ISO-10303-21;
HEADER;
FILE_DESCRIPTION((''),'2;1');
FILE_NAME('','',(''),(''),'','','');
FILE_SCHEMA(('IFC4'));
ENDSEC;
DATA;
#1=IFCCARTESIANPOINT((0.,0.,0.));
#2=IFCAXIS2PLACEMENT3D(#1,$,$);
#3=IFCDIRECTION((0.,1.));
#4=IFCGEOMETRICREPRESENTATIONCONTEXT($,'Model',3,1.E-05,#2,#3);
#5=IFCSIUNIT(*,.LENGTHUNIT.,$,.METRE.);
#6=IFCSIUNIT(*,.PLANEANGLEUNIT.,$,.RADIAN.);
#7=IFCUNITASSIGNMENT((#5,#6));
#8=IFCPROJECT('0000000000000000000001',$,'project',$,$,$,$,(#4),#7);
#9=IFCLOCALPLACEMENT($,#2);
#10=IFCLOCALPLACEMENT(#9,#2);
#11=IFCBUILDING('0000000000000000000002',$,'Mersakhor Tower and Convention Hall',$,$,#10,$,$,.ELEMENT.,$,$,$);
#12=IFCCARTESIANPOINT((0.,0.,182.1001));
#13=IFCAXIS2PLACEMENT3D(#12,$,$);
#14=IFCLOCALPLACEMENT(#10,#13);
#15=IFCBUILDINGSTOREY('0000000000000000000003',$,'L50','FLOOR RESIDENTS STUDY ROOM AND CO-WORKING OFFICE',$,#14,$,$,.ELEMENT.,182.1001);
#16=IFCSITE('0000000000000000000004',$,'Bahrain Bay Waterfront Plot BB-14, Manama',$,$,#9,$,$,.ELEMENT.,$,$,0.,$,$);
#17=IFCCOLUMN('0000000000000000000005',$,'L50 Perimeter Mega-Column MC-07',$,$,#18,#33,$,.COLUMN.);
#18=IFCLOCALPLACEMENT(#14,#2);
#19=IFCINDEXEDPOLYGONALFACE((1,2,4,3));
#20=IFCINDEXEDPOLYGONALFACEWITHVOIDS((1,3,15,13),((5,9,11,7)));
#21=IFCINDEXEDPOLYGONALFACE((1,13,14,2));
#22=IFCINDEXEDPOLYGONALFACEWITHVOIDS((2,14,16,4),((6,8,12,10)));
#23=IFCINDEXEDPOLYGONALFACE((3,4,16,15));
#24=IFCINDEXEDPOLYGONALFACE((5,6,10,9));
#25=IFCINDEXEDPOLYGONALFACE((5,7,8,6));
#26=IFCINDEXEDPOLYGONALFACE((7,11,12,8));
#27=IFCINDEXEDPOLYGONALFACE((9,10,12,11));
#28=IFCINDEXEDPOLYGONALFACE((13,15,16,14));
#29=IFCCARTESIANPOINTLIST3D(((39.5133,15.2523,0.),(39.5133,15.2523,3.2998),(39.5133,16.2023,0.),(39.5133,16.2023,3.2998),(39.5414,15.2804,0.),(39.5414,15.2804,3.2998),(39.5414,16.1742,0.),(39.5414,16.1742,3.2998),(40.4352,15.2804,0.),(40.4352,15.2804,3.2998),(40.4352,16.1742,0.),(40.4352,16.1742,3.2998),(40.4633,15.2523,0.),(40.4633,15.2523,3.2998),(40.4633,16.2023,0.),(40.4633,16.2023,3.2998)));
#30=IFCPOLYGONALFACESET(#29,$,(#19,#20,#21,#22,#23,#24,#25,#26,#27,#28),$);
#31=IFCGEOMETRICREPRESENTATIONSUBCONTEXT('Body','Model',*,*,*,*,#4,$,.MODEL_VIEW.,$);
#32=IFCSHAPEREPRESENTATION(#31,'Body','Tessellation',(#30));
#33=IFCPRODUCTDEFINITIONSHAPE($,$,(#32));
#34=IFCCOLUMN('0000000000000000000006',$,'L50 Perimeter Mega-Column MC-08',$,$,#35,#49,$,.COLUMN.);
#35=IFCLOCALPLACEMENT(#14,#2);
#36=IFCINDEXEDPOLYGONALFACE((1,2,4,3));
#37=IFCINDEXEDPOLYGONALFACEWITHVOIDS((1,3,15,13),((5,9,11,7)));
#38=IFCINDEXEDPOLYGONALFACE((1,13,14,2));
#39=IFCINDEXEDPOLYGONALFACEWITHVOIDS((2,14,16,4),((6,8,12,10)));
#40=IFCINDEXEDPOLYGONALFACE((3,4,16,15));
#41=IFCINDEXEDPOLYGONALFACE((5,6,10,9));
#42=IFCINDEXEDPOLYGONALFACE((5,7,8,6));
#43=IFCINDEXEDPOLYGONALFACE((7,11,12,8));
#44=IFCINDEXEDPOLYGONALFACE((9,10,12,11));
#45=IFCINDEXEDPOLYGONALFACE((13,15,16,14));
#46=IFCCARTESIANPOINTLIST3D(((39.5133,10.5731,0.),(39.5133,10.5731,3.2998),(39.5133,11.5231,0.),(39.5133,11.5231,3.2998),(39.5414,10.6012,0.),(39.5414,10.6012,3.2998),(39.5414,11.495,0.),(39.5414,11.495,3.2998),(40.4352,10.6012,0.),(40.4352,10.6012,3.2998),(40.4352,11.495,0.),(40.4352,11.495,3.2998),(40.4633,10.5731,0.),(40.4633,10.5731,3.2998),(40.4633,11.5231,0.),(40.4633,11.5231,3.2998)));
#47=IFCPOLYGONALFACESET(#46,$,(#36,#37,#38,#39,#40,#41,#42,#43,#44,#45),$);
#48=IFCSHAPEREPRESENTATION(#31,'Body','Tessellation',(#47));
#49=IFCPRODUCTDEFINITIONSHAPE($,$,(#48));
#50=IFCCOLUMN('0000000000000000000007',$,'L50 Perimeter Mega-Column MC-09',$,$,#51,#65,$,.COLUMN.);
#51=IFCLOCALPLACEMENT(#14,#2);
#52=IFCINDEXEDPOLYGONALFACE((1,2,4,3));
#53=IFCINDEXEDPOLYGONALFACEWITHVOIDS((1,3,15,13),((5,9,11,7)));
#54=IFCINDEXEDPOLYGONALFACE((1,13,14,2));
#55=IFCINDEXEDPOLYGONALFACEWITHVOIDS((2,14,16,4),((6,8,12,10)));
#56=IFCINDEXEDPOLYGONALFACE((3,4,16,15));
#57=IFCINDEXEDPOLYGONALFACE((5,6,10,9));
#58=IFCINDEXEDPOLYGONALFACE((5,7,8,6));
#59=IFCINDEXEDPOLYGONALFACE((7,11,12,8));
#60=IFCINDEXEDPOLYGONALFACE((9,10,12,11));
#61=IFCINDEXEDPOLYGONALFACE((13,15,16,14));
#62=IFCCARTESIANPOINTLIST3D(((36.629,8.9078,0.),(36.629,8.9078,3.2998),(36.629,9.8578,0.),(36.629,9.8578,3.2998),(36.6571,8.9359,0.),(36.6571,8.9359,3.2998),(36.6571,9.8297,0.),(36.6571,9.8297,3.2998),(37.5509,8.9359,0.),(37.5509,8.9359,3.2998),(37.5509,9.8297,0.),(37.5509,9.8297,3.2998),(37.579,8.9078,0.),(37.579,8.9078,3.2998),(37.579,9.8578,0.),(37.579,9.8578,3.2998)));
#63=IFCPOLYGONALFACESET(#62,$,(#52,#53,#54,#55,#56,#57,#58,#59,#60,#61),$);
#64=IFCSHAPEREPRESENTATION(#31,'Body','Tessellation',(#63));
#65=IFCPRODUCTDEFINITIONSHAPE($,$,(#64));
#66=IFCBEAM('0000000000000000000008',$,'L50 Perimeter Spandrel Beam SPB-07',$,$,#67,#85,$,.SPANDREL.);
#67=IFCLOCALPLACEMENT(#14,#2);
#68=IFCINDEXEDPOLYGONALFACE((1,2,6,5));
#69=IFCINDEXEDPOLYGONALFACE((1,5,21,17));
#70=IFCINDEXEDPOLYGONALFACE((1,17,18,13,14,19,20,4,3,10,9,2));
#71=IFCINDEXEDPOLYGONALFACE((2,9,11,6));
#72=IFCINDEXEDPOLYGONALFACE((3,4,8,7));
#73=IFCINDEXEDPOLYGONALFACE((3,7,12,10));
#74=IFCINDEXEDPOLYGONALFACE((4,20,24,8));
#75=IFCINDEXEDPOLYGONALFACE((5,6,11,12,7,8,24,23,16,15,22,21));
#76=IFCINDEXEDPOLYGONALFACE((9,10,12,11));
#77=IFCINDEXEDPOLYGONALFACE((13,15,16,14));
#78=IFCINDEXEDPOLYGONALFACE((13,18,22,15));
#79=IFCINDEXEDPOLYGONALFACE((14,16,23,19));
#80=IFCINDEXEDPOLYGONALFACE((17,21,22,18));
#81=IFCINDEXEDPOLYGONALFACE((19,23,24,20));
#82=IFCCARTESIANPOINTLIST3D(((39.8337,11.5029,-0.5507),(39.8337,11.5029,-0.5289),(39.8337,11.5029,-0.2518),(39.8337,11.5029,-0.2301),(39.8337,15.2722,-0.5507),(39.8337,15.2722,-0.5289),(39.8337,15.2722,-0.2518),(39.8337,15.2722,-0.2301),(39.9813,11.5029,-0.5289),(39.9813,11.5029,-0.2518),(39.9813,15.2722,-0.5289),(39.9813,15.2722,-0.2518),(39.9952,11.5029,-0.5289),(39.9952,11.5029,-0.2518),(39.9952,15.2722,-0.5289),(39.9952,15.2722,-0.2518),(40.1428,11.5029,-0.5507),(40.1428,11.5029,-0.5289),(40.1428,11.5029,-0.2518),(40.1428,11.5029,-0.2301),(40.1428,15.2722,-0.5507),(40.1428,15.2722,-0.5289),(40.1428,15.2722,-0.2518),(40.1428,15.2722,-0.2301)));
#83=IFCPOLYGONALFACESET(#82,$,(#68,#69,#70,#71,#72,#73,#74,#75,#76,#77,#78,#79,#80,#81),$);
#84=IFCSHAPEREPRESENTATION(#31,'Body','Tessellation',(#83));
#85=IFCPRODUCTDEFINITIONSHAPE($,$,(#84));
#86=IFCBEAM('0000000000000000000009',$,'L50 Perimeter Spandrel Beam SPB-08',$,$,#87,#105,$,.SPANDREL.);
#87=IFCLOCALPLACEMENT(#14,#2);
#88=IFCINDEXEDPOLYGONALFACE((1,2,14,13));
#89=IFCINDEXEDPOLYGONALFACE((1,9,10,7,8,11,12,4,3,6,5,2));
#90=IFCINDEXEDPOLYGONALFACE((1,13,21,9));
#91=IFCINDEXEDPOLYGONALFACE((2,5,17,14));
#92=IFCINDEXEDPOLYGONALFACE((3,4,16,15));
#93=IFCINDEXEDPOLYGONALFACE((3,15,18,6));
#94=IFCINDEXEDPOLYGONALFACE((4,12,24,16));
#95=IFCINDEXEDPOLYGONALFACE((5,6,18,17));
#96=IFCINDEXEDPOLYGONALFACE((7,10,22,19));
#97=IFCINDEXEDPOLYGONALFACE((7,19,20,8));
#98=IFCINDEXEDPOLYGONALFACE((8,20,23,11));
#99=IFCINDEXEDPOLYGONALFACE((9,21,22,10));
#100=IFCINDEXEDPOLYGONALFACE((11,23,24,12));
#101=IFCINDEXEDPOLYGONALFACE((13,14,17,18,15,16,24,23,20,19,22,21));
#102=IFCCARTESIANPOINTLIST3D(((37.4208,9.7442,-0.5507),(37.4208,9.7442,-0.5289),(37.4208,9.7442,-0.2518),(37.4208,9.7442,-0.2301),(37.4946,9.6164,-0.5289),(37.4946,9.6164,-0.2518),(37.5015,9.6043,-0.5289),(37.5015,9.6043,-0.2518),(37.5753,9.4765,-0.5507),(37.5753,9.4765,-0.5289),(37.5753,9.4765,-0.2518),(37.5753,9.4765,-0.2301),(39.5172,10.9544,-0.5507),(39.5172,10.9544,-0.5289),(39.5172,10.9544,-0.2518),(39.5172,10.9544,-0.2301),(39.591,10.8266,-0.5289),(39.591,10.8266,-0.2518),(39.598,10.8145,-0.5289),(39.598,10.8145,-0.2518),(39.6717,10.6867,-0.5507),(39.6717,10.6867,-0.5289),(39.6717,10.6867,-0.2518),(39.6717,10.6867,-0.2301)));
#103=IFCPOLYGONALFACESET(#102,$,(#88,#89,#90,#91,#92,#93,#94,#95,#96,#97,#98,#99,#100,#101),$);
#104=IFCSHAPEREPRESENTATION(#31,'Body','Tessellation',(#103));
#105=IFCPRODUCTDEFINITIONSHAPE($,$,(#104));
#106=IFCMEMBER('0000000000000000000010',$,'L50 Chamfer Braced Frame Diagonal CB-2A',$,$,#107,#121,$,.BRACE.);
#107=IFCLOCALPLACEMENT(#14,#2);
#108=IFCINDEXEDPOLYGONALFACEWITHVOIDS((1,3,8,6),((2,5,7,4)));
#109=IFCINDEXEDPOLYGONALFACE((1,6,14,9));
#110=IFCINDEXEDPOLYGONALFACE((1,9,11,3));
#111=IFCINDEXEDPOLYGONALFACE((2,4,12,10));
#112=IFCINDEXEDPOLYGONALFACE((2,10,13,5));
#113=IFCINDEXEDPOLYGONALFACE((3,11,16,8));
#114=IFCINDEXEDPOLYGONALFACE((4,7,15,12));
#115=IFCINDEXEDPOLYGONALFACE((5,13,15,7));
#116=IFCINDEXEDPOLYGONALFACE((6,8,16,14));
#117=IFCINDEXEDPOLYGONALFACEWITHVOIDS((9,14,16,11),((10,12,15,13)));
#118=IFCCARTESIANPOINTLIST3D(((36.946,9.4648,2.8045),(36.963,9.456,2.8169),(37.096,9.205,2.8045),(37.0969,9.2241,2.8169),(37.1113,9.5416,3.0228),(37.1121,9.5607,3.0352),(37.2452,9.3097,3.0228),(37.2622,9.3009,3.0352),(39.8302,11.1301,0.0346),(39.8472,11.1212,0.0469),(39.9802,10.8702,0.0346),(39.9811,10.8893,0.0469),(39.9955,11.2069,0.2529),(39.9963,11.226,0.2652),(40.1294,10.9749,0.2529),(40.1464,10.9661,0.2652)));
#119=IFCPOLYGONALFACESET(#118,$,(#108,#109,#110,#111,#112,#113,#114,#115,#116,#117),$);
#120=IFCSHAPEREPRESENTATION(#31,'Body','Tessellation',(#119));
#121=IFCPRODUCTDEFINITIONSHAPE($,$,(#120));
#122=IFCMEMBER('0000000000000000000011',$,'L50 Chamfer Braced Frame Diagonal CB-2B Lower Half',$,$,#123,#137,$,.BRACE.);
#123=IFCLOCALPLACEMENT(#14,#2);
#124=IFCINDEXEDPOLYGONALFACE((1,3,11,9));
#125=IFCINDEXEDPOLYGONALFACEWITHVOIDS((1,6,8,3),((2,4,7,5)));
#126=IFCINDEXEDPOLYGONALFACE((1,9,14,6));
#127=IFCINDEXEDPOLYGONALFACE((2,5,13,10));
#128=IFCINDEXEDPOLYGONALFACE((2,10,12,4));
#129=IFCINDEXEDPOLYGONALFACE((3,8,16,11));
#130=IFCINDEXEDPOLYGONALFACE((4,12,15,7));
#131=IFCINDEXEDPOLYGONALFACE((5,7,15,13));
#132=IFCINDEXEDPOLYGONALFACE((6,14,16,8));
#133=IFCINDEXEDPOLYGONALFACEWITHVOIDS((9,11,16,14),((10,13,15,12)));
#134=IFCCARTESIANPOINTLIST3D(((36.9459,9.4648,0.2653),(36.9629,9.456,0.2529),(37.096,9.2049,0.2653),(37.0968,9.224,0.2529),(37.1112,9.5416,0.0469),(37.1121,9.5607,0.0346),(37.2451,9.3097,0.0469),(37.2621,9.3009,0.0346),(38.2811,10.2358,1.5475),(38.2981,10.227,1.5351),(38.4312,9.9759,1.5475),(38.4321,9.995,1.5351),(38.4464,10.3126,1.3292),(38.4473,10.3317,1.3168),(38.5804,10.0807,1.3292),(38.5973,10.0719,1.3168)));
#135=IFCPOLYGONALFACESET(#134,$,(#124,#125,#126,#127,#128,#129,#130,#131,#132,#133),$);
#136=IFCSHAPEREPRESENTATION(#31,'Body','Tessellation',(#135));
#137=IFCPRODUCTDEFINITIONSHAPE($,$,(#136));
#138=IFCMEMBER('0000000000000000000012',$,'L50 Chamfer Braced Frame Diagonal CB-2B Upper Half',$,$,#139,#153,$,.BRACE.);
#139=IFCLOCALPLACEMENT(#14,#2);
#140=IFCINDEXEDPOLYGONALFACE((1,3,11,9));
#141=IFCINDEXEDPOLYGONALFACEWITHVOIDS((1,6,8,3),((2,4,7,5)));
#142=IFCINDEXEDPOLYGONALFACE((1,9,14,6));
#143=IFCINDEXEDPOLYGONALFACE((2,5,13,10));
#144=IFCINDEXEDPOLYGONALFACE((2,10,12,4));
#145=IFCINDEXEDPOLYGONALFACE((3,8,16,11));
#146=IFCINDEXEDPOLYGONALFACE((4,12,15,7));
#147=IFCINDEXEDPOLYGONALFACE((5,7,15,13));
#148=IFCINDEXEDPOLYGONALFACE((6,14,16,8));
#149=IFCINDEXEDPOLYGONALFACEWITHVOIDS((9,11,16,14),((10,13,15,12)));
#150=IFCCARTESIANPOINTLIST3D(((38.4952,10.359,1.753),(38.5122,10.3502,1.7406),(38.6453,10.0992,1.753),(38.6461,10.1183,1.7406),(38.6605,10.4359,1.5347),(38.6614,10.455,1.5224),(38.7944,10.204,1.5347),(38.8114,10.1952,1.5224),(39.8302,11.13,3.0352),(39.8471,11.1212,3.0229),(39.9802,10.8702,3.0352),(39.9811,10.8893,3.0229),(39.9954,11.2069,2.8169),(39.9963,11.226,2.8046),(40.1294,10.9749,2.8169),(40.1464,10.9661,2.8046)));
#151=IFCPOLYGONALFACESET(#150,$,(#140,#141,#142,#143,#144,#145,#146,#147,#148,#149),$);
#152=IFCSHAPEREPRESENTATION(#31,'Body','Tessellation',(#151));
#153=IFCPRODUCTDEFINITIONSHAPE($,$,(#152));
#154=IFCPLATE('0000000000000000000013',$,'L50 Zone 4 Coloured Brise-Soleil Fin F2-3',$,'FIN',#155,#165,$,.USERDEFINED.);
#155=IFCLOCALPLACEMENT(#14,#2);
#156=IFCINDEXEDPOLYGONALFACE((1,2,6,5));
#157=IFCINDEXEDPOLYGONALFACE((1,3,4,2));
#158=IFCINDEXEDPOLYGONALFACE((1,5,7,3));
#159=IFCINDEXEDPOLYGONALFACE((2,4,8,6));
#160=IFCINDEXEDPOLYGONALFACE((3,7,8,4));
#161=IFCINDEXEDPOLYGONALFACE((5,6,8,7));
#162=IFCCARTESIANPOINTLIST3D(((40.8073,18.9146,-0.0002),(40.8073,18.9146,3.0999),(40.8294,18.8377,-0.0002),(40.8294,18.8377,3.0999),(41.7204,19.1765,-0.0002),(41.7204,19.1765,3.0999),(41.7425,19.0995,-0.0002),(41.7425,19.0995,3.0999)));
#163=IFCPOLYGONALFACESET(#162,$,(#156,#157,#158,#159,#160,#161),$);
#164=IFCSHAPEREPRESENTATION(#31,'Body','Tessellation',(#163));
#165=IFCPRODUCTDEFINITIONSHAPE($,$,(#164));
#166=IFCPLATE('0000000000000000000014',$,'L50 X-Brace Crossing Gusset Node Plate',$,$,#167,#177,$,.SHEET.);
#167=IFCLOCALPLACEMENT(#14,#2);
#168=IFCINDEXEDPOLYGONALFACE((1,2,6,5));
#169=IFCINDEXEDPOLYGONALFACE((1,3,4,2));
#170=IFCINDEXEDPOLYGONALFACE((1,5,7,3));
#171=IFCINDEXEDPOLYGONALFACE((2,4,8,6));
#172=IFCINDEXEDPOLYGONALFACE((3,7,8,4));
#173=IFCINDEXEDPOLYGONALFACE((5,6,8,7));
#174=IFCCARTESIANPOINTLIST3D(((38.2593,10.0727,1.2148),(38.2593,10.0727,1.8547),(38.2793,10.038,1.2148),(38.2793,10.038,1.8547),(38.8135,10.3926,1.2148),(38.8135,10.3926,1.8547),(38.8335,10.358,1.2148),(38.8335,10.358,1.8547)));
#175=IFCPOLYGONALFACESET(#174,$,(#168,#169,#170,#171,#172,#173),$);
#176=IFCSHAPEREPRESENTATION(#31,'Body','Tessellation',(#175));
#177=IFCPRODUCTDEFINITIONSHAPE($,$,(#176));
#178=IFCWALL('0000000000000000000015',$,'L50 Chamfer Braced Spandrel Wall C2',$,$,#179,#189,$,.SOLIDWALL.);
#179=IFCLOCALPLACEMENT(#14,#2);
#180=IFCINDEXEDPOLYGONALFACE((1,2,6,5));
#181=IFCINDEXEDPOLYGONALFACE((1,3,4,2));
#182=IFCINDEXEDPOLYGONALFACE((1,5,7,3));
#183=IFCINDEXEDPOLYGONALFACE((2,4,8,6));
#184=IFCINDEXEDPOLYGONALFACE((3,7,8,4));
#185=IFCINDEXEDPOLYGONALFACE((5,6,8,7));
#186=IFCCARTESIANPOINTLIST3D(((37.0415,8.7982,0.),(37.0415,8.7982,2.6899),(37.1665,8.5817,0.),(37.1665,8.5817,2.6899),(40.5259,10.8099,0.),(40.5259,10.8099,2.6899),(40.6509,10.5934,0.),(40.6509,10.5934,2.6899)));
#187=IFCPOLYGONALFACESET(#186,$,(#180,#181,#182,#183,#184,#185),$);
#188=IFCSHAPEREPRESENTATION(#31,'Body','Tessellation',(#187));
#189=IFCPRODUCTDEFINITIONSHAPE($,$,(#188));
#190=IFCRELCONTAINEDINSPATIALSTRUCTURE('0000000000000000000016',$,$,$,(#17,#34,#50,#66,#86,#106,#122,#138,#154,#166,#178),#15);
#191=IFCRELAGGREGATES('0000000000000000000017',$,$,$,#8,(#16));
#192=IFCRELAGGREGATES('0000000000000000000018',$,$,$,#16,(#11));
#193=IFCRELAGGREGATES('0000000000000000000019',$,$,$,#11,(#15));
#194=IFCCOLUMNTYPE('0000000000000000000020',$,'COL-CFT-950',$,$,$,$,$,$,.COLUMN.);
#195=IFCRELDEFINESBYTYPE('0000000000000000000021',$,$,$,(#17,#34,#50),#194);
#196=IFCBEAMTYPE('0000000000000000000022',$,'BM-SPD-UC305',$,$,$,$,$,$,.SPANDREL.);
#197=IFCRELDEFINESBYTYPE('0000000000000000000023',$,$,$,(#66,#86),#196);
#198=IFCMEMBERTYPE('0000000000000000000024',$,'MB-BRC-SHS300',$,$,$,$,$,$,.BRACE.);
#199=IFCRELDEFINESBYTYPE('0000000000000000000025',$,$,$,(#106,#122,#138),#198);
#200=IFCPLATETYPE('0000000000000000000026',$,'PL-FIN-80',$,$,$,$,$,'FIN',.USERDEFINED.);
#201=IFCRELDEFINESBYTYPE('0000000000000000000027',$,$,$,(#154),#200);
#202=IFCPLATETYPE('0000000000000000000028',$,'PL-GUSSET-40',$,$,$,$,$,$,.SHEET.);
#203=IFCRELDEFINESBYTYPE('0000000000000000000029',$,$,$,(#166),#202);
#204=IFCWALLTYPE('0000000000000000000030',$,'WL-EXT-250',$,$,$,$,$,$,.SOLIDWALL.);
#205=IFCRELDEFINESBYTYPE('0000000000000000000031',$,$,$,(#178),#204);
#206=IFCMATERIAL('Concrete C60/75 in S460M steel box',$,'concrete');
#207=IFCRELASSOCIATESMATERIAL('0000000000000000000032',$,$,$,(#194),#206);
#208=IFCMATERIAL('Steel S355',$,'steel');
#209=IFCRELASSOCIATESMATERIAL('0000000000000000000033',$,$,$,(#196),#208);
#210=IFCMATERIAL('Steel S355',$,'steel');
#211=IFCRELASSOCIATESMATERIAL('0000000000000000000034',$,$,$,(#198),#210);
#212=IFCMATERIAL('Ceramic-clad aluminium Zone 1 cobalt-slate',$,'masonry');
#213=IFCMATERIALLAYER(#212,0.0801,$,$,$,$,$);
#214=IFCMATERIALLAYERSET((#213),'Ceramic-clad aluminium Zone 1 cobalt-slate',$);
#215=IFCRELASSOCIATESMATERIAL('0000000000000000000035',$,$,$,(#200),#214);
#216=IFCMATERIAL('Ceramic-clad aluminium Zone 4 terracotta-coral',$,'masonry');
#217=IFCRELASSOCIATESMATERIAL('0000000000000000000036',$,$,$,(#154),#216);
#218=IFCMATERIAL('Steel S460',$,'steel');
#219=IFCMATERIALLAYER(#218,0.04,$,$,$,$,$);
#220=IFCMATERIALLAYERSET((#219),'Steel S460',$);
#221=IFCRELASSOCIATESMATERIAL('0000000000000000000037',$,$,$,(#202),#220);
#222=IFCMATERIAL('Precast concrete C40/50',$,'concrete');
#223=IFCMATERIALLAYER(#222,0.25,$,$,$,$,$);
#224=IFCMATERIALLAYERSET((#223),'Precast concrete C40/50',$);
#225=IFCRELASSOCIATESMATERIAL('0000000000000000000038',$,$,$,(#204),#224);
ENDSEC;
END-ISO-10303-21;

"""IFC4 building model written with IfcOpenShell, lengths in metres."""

from ifc_helpers import new_model, si_unit, direction, frame, frame_2d, origin, origin_2d, place, context, subcontext, project, spatial, rectangle, hollow_rectangle, i_section, extrude, material, layer, layer_set, material_profile, profile_set, type_object, element, save


model = new_model("IFC4")

# Units and contexts
model_context = context("Model", 3, precision=1e-05, world=origin(), true_north=direction((0.0, 1.0)))
body_context = subcontext(model_context, "Body", "Model", "MODEL_VIEW")
ifc_project = project(units=[si_unit("LENGTHUNIT", "METRE"), si_unit("PLANEANGLEUNIT", "RADIAN")], contexts=[model_context])

# Site, building, storey
site_placement = place(None, origin())
site = spatial("IfcSite", under=ifc_project, at=site_placement, Name="Bahrain Bay Waterfront Plot BB-14, Manama", CompositionType="ELEMENT", RefElevation=0.0)
building_placement = place(site_placement, origin())
building = spatial("IfcBuilding", under=site, at=building_placement, Name="Mersakhor Tower and Convention Hall", CompositionType="ELEMENT")
storey_placement = place(building_placement, frame((0.0, 0.0, 182.1001)))
storey = spatial("IfcBuildingStorey", under=building, at=storey_placement, Name="L50", Description="FLOOR RESIDENTS STUDY ROOM AND CO-WORKING OFFICE", CompositionType="ELEMENT", Elevation=182.1001)

# Columns
ifc_material_1 = material(Name="Concrete C60/75 in S460M steel box", Category="concrete")
ifc_material_profile_1 = material_profile(ifc_material_1, hollow_rectangle(XDim=0.95, YDim=0.95, WallThickness=0.0281, at=origin_2d()), Name="SHS 950x950x28")
ifc_profile_set_1 = profile_set([ifc_material_profile_1], Name="Concrete C60/75 in S460M steel box")
column_type = type_object("IfcColumnType", Name="COL-CFT-950", PredefinedType="COLUMN", material=ifc_profile_set_1)
for number, where, z_axis, x_axis, name in (
    (1, (39.9883, 15.7273, 0.0), (0.0, 0.0, 1.0), (1.0, 0.0, 0.0), "L50 Perimeter Mega-Column MC-07"),
    (2, (39.9883, 11.0481, 0.0), (0.0, 0.0, 1.0), (1.0, 0.0, 0.0), "L50 Perimeter Mega-Column MC-08"),
    (3, (37.104, 9.3828, 0.0), (0.0, 0.0, 1.0), (1.0, 0.0, 0.0), "L50 Perimeter Mega-Column MC-09"),
):
    element("IfcColumn", number, at=place(storey_placement, frame(where, z_axis=z_axis, x_axis=x_axis)), inside=storey, type_object=column_type, Name=name, PredefinedType="COLUMN", context=body_context, shape_type="SweptSolid", body=[
        extrude(hollow_rectangle(XDim=0.95, YDim=0.95, WallThickness=0.0281, at=origin_2d()), origin(), (0.0, 0.0, 1.0), 3.2998),
    ])

# Beams
ifc_material_2 = material(Name="Steel S355", Category="steel")
ifc_material_profile_2 = material_profile(ifc_material_2, i_section(OverallWidth=0.3091, OverallDepth=0.3206, WebThickness=0.0139, FlangeThickness=0.0217, at=origin_2d()), Name="UC 305x305x137")
ifc_profile_set_2 = profile_set([ifc_material_profile_2], Name="Steel S355")
beam_type = type_object("IfcBeamType", Name="BM-SPD-UC305", PredefinedType="SPANDREL", material=ifc_profile_set_2)
beam_1_placement = place(storey_placement, frame((39.9883, 15.2722, -0.3904), z_axis=(0.0, -1.0, 0.0), x_axis=(1.0, 0.0, 0.0)))
element("IfcBeam", 4, at=beam_1_placement, inside=storey, type_object=beam_type, Name="L50 Perimeter Spandrel Beam SPB-07", PredefinedType="SPANDREL", context=body_context, shape_type="SweptSolid", body=[
    extrude(i_section(OverallWidth=0.3091, OverallDepth=0.3206, WebThickness=0.0139, FlangeThickness=0.0217, at=origin_2d()), origin(), (0.0, 0.0, 1.0), 3.7693),
])
beam_2_placement = place(storey_placement, frame((39.5945, 10.8206, -0.3904), z_axis=(-0.866056, -0.499947, 0.0), x_axis=(0.499947, -0.866056, 0.0)))
element("IfcBeam", 5, at=beam_2_placement, inside=storey, type_object=beam_type, Name="L50 Perimeter Spandrel Beam SPB-08", PredefinedType="SPANDREL", context=body_context, shape_type="SweptSolid", body=[
    extrude(i_section(OverallWidth=0.3091, OverallDepth=0.3206, WebThickness=0.0139, FlangeThickness=0.0217, at=origin_2d()), origin(), (0.0, 0.0, 1.0), 2.4207),
])

# Members
ifc_material_3 = material(Name="Steel S355", Category="steel")
ifc_material_profile_3 = material_profile(ifc_material_3, hollow_rectangle(XDim=0.3, YDim=0.3, WallThickness=0.0161, at=origin_2d()), Name="SHS 300x300x16")
ifc_profile_set_3 = profile_set([ifc_material_profile_3], Name="Steel S355")
member_type = type_object("IfcMemberType", Name="MB-BRC-SHS300", PredefinedType="BRACE", material=ifc_profile_set_3)
member_1_placement = place(storey_placement, frame((39.9883, 11.0481, 0.1499), z_axis=(-0.665825, -0.384425, 0.639449), x_axis=(0.50001, -0.86602, 0.0)))
element("IfcMember", 6, at=member_1_placement, inside=storey, type_object=member_type, Name="L50 Chamfer Braced Frame Diagonal CB-2A", PredefinedType="BRACE", context=body_context, shape_type="SweptSolid", body=[
    extrude(hollow_rectangle(XDim=0.3, YDim=0.3, WallThickness=0.0161, at=origin_2d()), origin(), (0.0, 0.0, 1.0), 4.3318),
])
member_2_placement = place(storey_placement, frame((37.104, 9.3828, 0.1499), z_axis=(0.665831, 0.384475, 0.639412), x_axis=(-0.500056, 0.865993, 0.0)))
element("IfcMember", 7, at=member_2_placement, inside=storey, type_object=member_type, Name="L50 Chamfer Braced Frame Diagonal CB-2B Lower Half", PredefinedType="BRACE", context=body_context, shape_type="SweptSolid", body=[
    extrude(hollow_rectangle(XDim=0.3, YDim=0.3, WallThickness=0.0161, at=origin_2d()), origin(), (0.0, 0.0, 1.0), 2.0054),
])
member_3_placement = place(storey_placement, frame((38.6533, 10.2771, 1.6377), z_axis=(0.665763, 0.384506, 0.639464), x_axis=(-0.500125, 0.865953, 0.0)))
element("IfcMember", 8, at=member_3_placement, inside=storey, type_object=member_type, Name="L50 Chamfer Braced Frame Diagonal CB-2B Upper Half", PredefinedType="BRACE", context=body_context, shape_type="SweptSolid", body=[
    extrude(hollow_rectangle(XDim=0.3, YDim=0.3, WallThickness=0.0161, at=origin_2d()), origin(), (0.0, 0.0, 1.0), 2.0051),
])

# Plates
ifc_material_4 = material(Name="Ceramic-clad aluminium Zone 4 terracotta-coral", Category="masonry")
ifc_material_5 = material(Name="Ceramic-clad aluminium Zone 1 cobalt-slate", Category="masonry")
ifc_layer_1 = layer(ifc_material_5, 0.0801)
ifc_layer_set_1 = layer_set([ifc_layer_1], Name="Ceramic-clad aluminium Zone 1 cobalt-slate")
plate_type_1 = type_object("IfcPlateType", Name="PL-FIN-80", ElementType="FIN", PredefinedType="USERDEFINED", material=ifc_layer_set_1)
plate_1_placement = place(storey_placement, frame((41.2749, 19.0071, -0.0002), z_axis=(0.0, 0.0, 1.0), x_axis=(0.961262, 0.275637, 0.0)))
element("IfcPlate", 9, at=plate_1_placement, inside=storey, type_object=plate_type_1, material=ifc_material_4, Name="L50 Zone 4 Coloured Brise-Soleil Fin F2-3", ObjectType="FIN", PredefinedType="USERDEFINED", context=body_context, shape_type="SweptSolid", body=[
    extrude(rectangle(XDim=0.95, YDim=0.0801, at=origin_2d()), origin(), (0.0, 0.0, 1.0), 3.1001),
])
ifc_material_6 = material(Name="Steel S460", Category="steel")
ifc_layer_2 = layer(ifc_material_6, 0.04)
ifc_layer_set_2 = layer_set([ifc_layer_2], Name="Steel S460")
plate_type_2 = type_object("IfcPlateType", Name="PL-GUSSET-40", PredefinedType="SHEET", material=ifc_layer_set_2)
plate_2_placement = place(storey_placement, frame((38.5464, 10.2153, 1.2148), z_axis=(0.0, 0.0, 1.0), x_axis=(0.866025, 0.5, 0.0)))
element("IfcPlate", 10, at=plate_2_placement, inside=storey, type_object=plate_type_2, Name="L50 X-Brace Crossing Gusset Node Plate", PredefinedType="SHEET", context=body_context, shape_type="SweptSolid", body=[
    extrude(rectangle(XDim=0.6399, YDim=0.04, at=origin_2d()), origin(), (0.0, 0.0, 1.0), 0.6399),
])

# Wall
ifc_material_7 = material(Name="Precast concrete C40/50", Category="concrete")
ifc_layer_3 = layer(ifc_material_7, 0.25)
ifc_layer_set_3 = layer_set([ifc_layer_3], Name="Precast concrete C40/50")
wall_type_1 = type_object("IfcWallType", Name="WL-EXT-250", PredefinedType="SOLIDWALL", material=ifc_layer_set_3)
wall_1_placement = place(storey_placement, frame((40.5884, 10.7017, 0.0), z_axis=(0.0, 0.0, 1.0), x_axis=(-0.866024, -0.500003, 0.0)))
element("IfcWall", 11, at=wall_1_placement, inside=storey, type_object=wall_type_1, Name="L50 Chamfer Braced Spandrel Wall C2", PredefinedType="SOLIDWALL", context=body_context, shape_type="SweptSolid", body=[
    extrude(rectangle(XDim=4.0234, YDim=0.25, at=frame_2d((2.0117, 0.0))), origin(), (0.0, 0.0, 1.0), 2.6899),
])

save(model, "model.ifc")
